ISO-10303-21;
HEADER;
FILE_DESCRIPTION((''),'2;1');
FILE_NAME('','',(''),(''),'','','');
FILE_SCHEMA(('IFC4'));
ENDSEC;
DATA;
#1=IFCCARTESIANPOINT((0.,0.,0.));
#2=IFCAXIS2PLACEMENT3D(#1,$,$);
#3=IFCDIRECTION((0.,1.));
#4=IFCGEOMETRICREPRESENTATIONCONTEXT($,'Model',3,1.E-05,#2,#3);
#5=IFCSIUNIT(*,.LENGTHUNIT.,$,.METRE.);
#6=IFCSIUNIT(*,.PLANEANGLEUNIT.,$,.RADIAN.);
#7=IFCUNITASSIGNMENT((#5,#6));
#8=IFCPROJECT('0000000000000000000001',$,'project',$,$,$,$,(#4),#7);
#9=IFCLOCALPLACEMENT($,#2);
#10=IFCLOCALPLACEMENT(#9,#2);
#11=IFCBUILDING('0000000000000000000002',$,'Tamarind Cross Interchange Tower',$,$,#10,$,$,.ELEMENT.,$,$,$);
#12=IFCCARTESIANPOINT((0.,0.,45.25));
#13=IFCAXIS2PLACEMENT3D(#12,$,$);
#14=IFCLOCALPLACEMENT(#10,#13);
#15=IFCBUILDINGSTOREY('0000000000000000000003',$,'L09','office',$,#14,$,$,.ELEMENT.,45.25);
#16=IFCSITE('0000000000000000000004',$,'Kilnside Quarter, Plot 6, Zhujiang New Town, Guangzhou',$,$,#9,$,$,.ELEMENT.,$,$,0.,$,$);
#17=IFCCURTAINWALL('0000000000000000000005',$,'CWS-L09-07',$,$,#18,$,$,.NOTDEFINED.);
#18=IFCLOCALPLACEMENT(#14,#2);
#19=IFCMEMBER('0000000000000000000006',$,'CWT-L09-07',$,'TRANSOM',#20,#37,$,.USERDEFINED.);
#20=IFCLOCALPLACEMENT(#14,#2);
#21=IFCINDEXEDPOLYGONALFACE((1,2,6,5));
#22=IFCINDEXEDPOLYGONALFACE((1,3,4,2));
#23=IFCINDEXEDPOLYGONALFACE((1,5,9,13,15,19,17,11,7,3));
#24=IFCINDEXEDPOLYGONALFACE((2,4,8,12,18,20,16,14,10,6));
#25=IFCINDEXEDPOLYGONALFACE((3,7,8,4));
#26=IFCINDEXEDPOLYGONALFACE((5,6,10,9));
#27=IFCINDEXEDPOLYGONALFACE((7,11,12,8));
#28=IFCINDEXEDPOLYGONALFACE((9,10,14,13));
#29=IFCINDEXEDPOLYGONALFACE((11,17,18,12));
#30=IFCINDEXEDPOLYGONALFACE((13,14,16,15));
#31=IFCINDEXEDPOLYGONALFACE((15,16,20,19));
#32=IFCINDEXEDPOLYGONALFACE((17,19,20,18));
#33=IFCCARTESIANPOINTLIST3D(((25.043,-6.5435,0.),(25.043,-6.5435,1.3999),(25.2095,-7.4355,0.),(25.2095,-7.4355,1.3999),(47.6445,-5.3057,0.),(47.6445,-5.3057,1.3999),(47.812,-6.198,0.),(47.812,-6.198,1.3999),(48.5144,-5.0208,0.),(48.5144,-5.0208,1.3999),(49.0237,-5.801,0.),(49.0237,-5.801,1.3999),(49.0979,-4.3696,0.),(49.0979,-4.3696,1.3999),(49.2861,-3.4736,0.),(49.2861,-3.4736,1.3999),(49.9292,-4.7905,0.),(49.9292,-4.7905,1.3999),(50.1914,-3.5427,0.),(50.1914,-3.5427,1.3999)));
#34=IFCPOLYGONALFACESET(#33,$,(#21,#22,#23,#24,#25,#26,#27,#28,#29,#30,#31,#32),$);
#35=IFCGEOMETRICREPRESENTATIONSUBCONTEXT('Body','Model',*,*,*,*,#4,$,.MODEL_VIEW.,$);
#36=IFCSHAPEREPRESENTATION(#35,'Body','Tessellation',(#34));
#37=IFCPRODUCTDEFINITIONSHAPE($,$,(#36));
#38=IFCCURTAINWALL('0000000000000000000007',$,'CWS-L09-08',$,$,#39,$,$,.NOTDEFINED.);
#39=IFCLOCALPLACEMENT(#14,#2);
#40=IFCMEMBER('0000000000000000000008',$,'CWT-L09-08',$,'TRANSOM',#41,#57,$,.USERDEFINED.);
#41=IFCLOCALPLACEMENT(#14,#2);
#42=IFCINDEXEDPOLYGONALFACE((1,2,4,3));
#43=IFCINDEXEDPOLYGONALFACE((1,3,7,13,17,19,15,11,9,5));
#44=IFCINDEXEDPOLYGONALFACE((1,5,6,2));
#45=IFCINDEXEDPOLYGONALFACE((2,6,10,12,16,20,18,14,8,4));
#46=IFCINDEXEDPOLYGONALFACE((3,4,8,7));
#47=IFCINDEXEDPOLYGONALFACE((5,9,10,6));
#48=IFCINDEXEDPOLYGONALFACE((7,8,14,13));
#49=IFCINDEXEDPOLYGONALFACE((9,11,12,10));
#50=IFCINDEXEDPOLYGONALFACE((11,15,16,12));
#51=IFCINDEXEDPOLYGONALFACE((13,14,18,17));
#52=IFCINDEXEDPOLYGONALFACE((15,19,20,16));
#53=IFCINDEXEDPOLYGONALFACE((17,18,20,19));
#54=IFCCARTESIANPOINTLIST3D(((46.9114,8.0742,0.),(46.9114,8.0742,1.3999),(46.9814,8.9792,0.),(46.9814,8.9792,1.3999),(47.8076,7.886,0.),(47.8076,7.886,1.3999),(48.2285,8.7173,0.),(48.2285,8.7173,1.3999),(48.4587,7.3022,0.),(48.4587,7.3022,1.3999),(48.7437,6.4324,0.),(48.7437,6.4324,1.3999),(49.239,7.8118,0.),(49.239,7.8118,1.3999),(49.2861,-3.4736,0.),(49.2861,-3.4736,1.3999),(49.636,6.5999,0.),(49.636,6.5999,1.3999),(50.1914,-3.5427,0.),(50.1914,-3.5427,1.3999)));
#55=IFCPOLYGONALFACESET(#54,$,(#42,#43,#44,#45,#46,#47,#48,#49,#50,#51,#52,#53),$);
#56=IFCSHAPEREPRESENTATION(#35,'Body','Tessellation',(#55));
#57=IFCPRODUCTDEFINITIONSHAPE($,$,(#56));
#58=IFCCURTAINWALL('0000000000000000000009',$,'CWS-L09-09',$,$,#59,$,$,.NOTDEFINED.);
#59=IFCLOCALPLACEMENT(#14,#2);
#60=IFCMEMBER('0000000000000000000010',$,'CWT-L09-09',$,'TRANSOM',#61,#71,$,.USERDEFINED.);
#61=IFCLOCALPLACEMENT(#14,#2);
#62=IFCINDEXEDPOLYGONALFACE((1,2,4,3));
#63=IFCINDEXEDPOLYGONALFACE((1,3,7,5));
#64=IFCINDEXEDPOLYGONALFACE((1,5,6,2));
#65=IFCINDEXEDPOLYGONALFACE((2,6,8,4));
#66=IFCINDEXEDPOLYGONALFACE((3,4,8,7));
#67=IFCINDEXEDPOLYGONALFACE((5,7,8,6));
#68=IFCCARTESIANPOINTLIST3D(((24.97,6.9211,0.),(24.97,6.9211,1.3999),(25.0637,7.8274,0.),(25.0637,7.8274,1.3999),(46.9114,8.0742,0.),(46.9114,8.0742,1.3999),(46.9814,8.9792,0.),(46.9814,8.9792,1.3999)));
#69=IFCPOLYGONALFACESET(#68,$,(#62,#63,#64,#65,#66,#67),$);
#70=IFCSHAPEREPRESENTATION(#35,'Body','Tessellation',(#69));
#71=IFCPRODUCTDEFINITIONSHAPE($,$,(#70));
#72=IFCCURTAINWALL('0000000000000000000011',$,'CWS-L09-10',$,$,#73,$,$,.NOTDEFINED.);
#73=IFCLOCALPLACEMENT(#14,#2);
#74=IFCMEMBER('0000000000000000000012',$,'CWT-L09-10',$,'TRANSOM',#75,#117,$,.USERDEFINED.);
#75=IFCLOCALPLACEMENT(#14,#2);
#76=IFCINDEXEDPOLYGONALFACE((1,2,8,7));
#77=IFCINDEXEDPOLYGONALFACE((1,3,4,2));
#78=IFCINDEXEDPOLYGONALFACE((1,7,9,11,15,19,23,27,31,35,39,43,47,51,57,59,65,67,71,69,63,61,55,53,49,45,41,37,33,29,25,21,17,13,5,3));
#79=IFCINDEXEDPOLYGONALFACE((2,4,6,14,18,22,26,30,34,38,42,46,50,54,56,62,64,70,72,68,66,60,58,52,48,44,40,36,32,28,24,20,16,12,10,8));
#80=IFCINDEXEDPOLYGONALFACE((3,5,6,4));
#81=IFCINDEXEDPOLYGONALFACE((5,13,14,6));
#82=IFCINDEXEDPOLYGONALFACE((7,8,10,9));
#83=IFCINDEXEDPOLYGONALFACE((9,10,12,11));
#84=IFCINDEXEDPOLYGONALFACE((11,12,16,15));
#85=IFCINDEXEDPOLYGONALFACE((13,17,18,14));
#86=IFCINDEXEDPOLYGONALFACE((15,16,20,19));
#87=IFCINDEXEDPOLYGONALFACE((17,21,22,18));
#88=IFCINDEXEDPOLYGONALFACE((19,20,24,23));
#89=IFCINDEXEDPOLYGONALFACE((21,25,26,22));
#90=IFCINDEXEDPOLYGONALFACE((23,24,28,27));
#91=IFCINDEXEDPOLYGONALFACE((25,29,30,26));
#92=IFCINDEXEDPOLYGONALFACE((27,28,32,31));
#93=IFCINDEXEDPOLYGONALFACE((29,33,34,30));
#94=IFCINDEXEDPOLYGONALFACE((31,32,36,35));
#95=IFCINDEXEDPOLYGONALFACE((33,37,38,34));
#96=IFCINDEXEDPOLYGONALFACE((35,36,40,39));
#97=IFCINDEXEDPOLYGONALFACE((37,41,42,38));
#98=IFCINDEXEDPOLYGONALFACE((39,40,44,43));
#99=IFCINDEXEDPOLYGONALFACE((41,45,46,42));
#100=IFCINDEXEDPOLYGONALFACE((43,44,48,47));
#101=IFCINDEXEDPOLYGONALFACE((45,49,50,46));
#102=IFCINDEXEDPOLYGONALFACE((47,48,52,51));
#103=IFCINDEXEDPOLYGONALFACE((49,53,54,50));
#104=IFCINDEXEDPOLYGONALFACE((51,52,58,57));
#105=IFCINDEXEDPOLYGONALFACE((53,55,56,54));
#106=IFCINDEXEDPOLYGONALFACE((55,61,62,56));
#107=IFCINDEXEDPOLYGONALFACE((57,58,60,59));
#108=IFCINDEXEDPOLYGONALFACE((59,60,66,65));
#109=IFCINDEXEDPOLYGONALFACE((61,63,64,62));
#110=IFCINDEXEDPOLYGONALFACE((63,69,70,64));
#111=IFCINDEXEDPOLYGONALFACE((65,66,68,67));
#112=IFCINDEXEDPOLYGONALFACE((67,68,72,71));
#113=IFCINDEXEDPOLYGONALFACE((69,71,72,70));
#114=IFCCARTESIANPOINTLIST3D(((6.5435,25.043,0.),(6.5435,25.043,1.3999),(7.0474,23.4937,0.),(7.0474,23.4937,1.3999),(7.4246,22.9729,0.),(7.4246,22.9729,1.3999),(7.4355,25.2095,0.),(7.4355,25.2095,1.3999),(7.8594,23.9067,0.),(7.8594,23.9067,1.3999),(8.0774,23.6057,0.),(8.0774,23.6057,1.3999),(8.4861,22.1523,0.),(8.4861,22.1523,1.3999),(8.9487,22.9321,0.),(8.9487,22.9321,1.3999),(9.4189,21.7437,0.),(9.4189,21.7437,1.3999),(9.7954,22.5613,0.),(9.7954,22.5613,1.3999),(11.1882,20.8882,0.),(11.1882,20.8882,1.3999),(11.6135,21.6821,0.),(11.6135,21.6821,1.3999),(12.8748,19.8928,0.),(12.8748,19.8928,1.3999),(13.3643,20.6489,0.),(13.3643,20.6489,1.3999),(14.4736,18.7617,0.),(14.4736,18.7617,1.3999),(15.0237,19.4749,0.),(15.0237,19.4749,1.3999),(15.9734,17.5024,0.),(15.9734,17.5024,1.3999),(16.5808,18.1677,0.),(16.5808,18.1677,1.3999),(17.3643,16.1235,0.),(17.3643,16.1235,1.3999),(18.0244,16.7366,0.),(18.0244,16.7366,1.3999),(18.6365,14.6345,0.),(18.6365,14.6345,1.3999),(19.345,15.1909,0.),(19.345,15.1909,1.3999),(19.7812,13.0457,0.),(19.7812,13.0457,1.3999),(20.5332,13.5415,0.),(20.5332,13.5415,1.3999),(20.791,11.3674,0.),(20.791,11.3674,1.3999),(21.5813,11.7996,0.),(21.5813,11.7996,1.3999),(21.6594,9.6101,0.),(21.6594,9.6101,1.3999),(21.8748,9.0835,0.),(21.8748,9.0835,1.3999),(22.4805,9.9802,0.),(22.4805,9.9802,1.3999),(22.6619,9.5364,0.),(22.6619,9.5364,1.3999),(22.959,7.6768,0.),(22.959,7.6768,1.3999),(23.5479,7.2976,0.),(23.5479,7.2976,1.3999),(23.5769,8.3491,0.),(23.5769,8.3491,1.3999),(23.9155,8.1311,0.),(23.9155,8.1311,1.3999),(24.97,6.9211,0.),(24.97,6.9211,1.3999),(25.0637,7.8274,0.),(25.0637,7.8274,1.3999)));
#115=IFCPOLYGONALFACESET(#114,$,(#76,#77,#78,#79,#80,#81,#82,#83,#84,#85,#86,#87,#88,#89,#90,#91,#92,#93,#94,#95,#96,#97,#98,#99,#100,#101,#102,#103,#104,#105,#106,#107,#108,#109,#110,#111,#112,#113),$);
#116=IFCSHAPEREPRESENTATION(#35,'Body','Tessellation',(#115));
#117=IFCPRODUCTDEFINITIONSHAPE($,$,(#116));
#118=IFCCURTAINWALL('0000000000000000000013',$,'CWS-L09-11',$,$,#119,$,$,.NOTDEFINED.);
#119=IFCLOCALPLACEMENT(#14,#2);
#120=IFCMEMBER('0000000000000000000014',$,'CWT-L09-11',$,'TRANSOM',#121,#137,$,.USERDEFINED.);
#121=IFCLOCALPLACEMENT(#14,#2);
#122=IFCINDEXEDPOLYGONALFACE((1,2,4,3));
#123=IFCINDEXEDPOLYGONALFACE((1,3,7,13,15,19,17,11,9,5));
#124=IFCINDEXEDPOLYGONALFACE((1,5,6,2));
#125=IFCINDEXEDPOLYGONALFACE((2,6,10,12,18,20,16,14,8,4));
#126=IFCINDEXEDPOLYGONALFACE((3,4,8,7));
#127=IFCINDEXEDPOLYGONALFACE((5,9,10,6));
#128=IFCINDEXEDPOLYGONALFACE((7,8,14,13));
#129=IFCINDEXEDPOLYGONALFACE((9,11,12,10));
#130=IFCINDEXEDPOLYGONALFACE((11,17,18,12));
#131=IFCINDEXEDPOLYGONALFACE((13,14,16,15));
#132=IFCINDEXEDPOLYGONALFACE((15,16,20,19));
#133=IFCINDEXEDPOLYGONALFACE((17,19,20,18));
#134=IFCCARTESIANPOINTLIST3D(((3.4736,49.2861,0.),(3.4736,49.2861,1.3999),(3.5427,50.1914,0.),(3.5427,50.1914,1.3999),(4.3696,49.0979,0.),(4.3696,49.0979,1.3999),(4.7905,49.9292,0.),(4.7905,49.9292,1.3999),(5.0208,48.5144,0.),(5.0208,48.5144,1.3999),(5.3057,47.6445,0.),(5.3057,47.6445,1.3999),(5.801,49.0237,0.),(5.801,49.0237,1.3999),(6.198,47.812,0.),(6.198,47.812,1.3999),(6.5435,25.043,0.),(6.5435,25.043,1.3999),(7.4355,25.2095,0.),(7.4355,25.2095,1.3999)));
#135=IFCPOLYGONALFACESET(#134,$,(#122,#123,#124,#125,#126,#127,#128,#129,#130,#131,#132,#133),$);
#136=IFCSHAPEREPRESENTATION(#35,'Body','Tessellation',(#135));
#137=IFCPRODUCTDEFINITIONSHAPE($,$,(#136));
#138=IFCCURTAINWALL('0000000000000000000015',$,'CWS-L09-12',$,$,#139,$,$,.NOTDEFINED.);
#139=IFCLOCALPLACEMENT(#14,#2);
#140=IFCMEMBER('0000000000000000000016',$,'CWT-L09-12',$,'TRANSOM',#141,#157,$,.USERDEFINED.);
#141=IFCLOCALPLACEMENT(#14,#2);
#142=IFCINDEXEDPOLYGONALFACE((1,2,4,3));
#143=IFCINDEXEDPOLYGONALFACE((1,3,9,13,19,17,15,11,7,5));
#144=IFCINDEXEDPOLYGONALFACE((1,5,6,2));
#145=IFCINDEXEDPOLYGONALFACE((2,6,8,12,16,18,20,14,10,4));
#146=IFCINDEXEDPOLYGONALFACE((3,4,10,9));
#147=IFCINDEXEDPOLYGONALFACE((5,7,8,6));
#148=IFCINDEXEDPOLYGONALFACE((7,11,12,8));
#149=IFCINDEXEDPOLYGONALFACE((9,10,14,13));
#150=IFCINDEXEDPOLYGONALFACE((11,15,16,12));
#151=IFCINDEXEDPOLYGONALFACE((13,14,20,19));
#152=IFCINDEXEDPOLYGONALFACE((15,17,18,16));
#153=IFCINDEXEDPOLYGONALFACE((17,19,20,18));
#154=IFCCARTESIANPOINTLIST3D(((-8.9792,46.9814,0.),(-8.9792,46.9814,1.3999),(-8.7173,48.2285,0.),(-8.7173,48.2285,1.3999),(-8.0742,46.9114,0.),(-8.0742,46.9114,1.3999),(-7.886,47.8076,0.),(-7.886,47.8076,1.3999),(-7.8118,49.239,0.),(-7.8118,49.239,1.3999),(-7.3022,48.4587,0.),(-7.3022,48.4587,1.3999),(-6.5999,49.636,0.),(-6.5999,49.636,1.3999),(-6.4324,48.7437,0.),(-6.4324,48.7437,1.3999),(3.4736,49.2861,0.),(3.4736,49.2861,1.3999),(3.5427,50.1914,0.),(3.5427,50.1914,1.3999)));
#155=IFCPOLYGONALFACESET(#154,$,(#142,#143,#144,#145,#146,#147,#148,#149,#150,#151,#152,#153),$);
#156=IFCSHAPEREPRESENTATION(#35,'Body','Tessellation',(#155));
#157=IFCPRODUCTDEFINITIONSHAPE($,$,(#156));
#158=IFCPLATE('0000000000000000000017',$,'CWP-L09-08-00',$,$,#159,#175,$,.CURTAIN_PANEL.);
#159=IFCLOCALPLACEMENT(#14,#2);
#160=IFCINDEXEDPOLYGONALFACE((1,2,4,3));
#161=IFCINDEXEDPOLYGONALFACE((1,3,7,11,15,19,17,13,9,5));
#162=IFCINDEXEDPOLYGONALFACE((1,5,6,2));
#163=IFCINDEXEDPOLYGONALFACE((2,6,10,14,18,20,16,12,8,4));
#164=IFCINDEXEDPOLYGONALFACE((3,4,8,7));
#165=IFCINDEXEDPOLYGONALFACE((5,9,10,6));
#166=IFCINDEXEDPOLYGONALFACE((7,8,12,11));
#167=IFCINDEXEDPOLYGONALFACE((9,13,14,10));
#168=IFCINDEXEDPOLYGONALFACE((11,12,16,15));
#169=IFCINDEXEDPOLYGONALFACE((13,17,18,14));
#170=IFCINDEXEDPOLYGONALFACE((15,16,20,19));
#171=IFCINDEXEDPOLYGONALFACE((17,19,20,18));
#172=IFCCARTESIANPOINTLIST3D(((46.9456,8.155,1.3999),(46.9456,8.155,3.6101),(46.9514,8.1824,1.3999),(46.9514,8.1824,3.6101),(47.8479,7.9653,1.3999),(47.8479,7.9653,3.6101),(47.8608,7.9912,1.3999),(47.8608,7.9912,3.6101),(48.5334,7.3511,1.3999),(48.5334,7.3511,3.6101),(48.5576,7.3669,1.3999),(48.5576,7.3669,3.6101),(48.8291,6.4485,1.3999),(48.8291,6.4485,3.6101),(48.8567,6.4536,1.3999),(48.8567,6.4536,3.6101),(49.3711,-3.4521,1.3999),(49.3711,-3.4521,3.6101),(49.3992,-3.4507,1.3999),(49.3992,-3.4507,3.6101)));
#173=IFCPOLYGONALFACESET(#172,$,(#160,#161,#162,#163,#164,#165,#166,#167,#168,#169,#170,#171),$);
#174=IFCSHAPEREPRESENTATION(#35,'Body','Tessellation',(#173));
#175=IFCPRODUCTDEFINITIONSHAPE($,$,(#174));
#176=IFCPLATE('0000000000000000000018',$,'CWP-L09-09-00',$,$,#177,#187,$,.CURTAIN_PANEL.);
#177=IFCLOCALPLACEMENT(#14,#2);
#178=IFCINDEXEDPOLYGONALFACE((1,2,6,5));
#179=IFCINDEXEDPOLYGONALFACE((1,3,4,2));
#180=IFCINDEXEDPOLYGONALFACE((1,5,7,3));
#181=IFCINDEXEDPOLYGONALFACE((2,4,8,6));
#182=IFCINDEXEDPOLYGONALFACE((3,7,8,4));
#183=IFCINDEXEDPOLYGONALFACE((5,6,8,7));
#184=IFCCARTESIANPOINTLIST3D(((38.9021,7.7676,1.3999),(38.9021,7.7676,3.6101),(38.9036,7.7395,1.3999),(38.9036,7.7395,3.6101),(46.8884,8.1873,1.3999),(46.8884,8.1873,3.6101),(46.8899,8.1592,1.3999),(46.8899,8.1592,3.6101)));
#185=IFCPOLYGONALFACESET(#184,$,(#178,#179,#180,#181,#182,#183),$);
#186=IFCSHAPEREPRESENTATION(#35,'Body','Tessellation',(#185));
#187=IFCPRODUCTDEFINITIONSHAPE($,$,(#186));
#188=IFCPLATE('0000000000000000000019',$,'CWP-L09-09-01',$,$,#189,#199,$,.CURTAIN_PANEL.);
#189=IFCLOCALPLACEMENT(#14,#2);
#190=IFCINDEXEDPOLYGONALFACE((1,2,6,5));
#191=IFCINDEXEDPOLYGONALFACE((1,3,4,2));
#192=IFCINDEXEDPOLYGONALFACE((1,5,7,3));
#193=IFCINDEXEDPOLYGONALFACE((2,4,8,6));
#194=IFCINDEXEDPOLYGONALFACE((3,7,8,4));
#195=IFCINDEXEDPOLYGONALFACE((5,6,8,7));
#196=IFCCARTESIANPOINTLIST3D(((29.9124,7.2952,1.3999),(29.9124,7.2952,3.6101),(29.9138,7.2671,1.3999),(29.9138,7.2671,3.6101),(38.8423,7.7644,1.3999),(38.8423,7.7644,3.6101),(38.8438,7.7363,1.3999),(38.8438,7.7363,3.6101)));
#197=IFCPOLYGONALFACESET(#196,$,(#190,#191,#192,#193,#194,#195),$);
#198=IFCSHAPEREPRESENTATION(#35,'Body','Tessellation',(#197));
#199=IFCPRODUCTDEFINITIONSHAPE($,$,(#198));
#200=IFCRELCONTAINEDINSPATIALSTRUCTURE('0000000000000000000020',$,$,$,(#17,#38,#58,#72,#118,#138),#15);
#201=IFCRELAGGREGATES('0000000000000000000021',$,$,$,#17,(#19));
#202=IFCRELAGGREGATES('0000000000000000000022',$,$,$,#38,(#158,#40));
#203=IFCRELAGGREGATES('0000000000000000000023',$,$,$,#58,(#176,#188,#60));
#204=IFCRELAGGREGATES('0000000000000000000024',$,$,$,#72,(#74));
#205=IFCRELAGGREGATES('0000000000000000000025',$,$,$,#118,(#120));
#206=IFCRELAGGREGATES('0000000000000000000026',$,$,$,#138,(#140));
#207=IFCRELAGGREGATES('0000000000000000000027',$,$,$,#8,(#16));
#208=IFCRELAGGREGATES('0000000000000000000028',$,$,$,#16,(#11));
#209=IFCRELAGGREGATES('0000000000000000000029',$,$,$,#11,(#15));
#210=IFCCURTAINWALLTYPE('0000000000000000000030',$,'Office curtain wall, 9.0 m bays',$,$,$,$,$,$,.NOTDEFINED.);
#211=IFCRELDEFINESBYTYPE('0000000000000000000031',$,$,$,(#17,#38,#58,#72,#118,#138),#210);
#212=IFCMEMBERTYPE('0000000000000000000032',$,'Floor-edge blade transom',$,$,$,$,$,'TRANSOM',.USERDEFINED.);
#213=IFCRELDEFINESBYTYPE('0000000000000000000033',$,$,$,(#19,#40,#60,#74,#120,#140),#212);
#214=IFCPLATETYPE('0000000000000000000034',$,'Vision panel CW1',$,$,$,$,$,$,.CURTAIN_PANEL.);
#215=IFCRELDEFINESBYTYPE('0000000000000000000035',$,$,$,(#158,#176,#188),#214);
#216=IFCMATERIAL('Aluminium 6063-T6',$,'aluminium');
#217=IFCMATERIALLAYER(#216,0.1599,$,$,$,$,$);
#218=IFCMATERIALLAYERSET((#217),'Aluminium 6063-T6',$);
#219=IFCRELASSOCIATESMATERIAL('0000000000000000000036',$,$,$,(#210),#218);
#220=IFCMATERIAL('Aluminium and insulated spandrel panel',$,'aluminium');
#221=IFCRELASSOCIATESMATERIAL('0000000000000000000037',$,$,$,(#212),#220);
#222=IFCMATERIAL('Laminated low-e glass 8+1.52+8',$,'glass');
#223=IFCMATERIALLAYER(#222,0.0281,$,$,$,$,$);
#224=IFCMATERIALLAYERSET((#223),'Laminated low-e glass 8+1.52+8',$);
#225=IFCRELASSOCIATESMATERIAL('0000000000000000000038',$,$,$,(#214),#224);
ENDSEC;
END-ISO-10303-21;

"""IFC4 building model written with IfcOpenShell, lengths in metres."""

from ifc_helpers import new_model, si_unit, direction, frame, origin, place, context, subcontext, project, spatial, polyline, outline, extrude, material, layer, layer_set, type_object, element, aggregate, save


model = new_model("IFC4")

# Units and contexts
model_context = context("Model", 3, precision=1e-05, world=origin(), true_north=direction((0.0, 1.0)))
body_context = subcontext(model_context, "Body", "Model", "MODEL_VIEW")
ifc_project = project(units=[si_unit("LENGTHUNIT", "METRE"), si_unit("PLANEANGLEUNIT", "RADIAN")], contexts=[model_context])

# Site, building, storey
site_placement = place(None, origin())
site = spatial("IfcSite", under=ifc_project, at=site_placement, Name="Kilnside Quarter, Plot 6, Zhujiang New Town, Guangzhou", CompositionType="ELEMENT", RefElevation=0.0)
building_placement = place(site_placement, origin())
building = spatial("IfcBuilding", under=site, at=building_placement, Name="Tamarind Cross Interchange Tower", CompositionType="ELEMENT")
storey_placement = place(building_placement, frame((0.0, 0.0, 45.25)))
storey = spatial("IfcBuildingStorey", under=building, at=storey_placement, Name="L09", Description="office", CompositionType="ELEMENT", Elevation=45.25)

# Curtain walls, members
ifc_material_1 = material(Name="Aluminium 6063-T6", Category="aluminium")
ifc_layer_1 = layer(ifc_material_1, 0.1599)
ifc_layer_set_1 = layer_set([ifc_layer_1], Name="Aluminium 6063-T6")
curtain_wall_type = type_object("IfcCurtainWallType", Name="Office curtain wall, 9.0 m bays", PredefinedType="NOTDEFINED", material=ifc_layer_set_1)
curtain_wall_1_placement = place(storey_placement, origin())
curtain_wall_1 = element("IfcCurtainWall", 1, at=curtain_wall_1_placement, inside=storey, type_object=curtain_wall_type, Name="CWS-L09-07", PredefinedType="NOTDEFINED")
ifc_material_2 = material(Name="Aluminium and insulated spandrel panel", Category="aluminium")
member_type = type_object("IfcMemberType", Name="Floor-edge blade transom", ElementType="TRANSOM", PredefinedType="USERDEFINED", material=ifc_material_2)
member_1_placement = place(storey_placement, origin())
member_1 = element("IfcMember", 2, at=member_1_placement, type_object=member_type, Name="CWT-L09-07", ObjectType="TRANSOM", PredefinedType="USERDEFINED", context=body_context, shape_type="SweptSolid", body=[
    extrude(outline(polyline([(25.043, -6.5435), (47.6445, -5.3057), (48.5144, -5.0208), (49.0979, -4.3696), (49.2861, -3.4736), (50.1914, -3.5427), (49.9292, -4.7905), (49.0237, -5.801), (47.812, -6.198), (25.2095, -7.4355), (25.043, -6.5435)])), origin(), (0.0, 0.0, 1.0), 1.3999),
])
aggregate(curtain_wall_1, [member_1])
curtain_wall_2_placement = place(storey_placement, origin())
curtain_wall_2 = element("IfcCurtainWall", 3, at=curtain_wall_2_placement, inside=storey, type_object=curtain_wall_type, Name="CWS-L09-08", PredefinedType="NOTDEFINED")
member_2_placement = place(storey_placement, origin())
member_2 = element("IfcMember", 4, at=member_2_placement, type_object=member_type, Name="CWT-L09-08", ObjectType="TRANSOM", PredefinedType="USERDEFINED", context=body_context, shape_type="SweptSolid", body=[
    extrude(outline(polyline([(49.2861, -3.4736), (48.7437, 6.4324), (48.4587, 7.3022), (47.8076, 7.886), (46.9114, 8.0742), (46.9814, 8.9792), (48.2285, 8.7173), (49.239, 7.8118), (49.636, 6.5999), (50.1914, -3.5427), (49.2861, -3.4736)])), origin(), (0.0, 0.0, 1.0), 1.3999),
])
curtain_wall_3_placement = place(storey_placement, origin())
curtain_wall_3 = element("IfcCurtainWall", 5, at=curtain_wall_3_placement, inside=storey, type_object=curtain_wall_type, Name="CWS-L09-09", PredefinedType="NOTDEFINED")
member_3_placement = place(storey_placement, origin())
member_3 = element("IfcMember", 6, at=member_3_placement, type_object=member_type, Name="CWT-L09-09", ObjectType="TRANSOM", PredefinedType="USERDEFINED", context=body_context, shape_type="SweptSolid", body=[
    extrude(outline(polyline([(46.9114, 8.0742), (24.97, 6.9211), (25.0637, 7.8274), (46.9814, 8.9792), (46.9114, 8.0742)])), origin(), (0.0, 0.0, 1.0), 1.3999),
])
curtain_wall_4_placement = place(storey_placement, origin())
curtain_wall_4 = element("IfcCurtainWall", 7, at=curtain_wall_4_placement, inside=storey, type_object=curtain_wall_type, Name="CWS-L09-10", PredefinedType="NOTDEFINED")
member_4_placement = place(storey_placement, origin())
member_4 = element("IfcMember", 8, at=member_4_placement, type_object=member_type, Name="CWT-L09-10", ObjectType="TRANSOM", PredefinedType="USERDEFINED", context=body_context, shape_type="SweptSolid", body=[
    extrude(outline(polyline([(24.97, 6.9211), (23.5479, 7.2976), (22.959, 7.6768), (21.8748, 9.0835), (21.6594, 9.6101), (20.791, 11.3674), (19.7812, 13.0457), (18.6365, 14.6345), (17.3643, 16.1235), (15.9734, 17.5024), (14.4736, 18.7617), (12.8748, 19.8928), (11.1882, 20.8882), (9.4189, 21.7437), (8.4861, 22.1523), (7.4246, 22.9729), (7.0474, 23.4937), (6.5435, 25.043), (7.4355, 25.2095), (7.8594, 23.9067), (8.0774, 23.6057), (8.9487, 22.9321), (9.7954, 22.5613), (11.6135, 21.6821), (13.3643, 20.6489), (15.0237, 19.4749), (16.5808, 18.1677), (18.0244, 16.7366), (19.345, 15.1909), (20.5332, 13.5415), (21.5813, 11.7996), (22.4805, 9.9802), (22.6619, 9.5364), (23.5769, 8.3491), (23.9155, 8.1311), (25.0637, 7.8274), (24.97, 6.9211)])), origin(), (0.0, 0.0, 1.0), 1.3999),
])
curtain_wall_5_placement = place(storey_placement, origin())
curtain_wall_5 = element("IfcCurtainWall", 9, at=curtain_wall_5_placement, inside=storey, type_object=curtain_wall_type, Name="CWS-L09-11", PredefinedType="NOTDEFINED")
member_5_placement = place(storey_placement, origin())
member_5 = element("IfcMember", 10, at=member_5_placement, type_object=member_type, Name="CWT-L09-11", ObjectType="TRANSOM", PredefinedType="USERDEFINED", context=body_context, shape_type="SweptSolid", body=[
    extrude(outline(polyline([(6.5435, 25.043), (5.3057, 47.6445), (5.0208, 48.5144), (4.3696, 49.0979), (3.4736, 49.2861), (3.5427, 50.1914), (4.7905, 49.9292), (5.801, 49.0237), (6.198, 47.812), (7.4355, 25.2095), (6.5435, 25.043)])), origin(), (0.0, 0.0, 1.0), 1.3999),
])
curtain_wall_6_placement = place(storey_placement, origin())
curtain_wall_6 = element("IfcCurtainWall", 11, at=curtain_wall_6_placement, inside=storey, type_object=curtain_wall_type, Name="CWS-L09-12", PredefinedType="NOTDEFINED")
member_6_placement = place(storey_placement, origin())
member_6 = element("IfcMember", 12, at=member_6_placement, type_object=member_type, Name="CWT-L09-12", ObjectType="TRANSOM", PredefinedType="USERDEFINED", context=body_context, shape_type="SweptSolid", body=[
    extrude(outline(polyline([(3.4736, 49.2861), (-6.4324, 48.7437), (-7.3022, 48.4587), (-7.886, 47.8076), (-8.0742, 46.9114), (-8.9792, 46.9814), (-8.7173, 48.2285), (-7.8118, 49.239), (-6.5999, 49.636), (3.5427, 50.1914), (3.4736, 49.2861)])), origin(), (0.0, 0.0, 1.0), 1.3999),
])

# Plates
ifc_material_3 = material(Name="Laminated low-e glass 8+1.52+8", Category="glass")
ifc_layer_2 = layer(ifc_material_3, 0.0281)
ifc_layer_set_2 = layer_set([ifc_layer_2], Name="Laminated low-e glass 8+1.52+8")
plate_type = type_object("IfcPlateType", Name="Vision panel CW1", PredefinedType="CURTAIN_PANEL", material=ifc_layer_set_2)
plate_1_placement = place(storey_placement, frame((0.0, 0.0, 1.3999)))
plate_1 = element("IfcPlate", 13, at=plate_1_placement, type_object=plate_type, Name="CWP-L09-08-00", PredefinedType="CURTAIN_PANEL", context=body_context, shape_type="SweptSolid", body=[
    extrude(outline(polyline([(49.3711, -3.4521), (48.8291, 6.4485), (48.5334, 7.3511), (47.8479, 7.9653), (46.9456, 8.155), (46.9514, 8.1824), (47.8608, 7.9912), (48.5576, 7.3669), (48.8567, 6.4536), (49.3992, -3.4507), (49.3711, -3.4521)])), origin(), (0.0, 0.0, 1.0), 2.2102),
])
aggregate(curtain_wall_2, [plate_1, member_2])
plate_2_placement = place(storey_placement, frame((0.0, 0.0, 1.3999)))
plate_2 = element("IfcPlate", 14, at=plate_2_placement, type_object=plate_type, Name="CWP-L09-09-00", PredefinedType="CURTAIN_PANEL", context=body_context, shape_type="SweptSolid", body=[
    extrude(outline(polyline([(46.8899, 8.1592), (38.9036, 7.7395), (38.9021, 7.7676), (46.8884, 8.1873), (46.8899, 8.1592)])), origin(), (0.0, 0.0, 1.0), 2.2102),
])
plate_3_placement = place(storey_placement, frame((0.0, 0.0, 1.3999)))
plate_3 = element("IfcPlate", 15, at=plate_3_placement, type_object=plate_type, Name="CWP-L09-09-01", PredefinedType="CURTAIN_PANEL", context=body_context, shape_type="SweptSolid", body=[
    extrude(outline(polyline([(38.8438, 7.7363), (29.9138, 7.2671), (29.9124, 7.2952), (38.8423, 7.7644), (38.8438, 7.7363)])), origin(), (0.0, 0.0, 1.0), 2.2102),
])
aggregate(curtain_wall_3, [plate_2, plate_3, member_3])
aggregate(curtain_wall_4, [member_4])
aggregate(curtain_wall_5, [member_5])
aggregate(curtain_wall_6, [member_6])

save(model, "model.ifc")
